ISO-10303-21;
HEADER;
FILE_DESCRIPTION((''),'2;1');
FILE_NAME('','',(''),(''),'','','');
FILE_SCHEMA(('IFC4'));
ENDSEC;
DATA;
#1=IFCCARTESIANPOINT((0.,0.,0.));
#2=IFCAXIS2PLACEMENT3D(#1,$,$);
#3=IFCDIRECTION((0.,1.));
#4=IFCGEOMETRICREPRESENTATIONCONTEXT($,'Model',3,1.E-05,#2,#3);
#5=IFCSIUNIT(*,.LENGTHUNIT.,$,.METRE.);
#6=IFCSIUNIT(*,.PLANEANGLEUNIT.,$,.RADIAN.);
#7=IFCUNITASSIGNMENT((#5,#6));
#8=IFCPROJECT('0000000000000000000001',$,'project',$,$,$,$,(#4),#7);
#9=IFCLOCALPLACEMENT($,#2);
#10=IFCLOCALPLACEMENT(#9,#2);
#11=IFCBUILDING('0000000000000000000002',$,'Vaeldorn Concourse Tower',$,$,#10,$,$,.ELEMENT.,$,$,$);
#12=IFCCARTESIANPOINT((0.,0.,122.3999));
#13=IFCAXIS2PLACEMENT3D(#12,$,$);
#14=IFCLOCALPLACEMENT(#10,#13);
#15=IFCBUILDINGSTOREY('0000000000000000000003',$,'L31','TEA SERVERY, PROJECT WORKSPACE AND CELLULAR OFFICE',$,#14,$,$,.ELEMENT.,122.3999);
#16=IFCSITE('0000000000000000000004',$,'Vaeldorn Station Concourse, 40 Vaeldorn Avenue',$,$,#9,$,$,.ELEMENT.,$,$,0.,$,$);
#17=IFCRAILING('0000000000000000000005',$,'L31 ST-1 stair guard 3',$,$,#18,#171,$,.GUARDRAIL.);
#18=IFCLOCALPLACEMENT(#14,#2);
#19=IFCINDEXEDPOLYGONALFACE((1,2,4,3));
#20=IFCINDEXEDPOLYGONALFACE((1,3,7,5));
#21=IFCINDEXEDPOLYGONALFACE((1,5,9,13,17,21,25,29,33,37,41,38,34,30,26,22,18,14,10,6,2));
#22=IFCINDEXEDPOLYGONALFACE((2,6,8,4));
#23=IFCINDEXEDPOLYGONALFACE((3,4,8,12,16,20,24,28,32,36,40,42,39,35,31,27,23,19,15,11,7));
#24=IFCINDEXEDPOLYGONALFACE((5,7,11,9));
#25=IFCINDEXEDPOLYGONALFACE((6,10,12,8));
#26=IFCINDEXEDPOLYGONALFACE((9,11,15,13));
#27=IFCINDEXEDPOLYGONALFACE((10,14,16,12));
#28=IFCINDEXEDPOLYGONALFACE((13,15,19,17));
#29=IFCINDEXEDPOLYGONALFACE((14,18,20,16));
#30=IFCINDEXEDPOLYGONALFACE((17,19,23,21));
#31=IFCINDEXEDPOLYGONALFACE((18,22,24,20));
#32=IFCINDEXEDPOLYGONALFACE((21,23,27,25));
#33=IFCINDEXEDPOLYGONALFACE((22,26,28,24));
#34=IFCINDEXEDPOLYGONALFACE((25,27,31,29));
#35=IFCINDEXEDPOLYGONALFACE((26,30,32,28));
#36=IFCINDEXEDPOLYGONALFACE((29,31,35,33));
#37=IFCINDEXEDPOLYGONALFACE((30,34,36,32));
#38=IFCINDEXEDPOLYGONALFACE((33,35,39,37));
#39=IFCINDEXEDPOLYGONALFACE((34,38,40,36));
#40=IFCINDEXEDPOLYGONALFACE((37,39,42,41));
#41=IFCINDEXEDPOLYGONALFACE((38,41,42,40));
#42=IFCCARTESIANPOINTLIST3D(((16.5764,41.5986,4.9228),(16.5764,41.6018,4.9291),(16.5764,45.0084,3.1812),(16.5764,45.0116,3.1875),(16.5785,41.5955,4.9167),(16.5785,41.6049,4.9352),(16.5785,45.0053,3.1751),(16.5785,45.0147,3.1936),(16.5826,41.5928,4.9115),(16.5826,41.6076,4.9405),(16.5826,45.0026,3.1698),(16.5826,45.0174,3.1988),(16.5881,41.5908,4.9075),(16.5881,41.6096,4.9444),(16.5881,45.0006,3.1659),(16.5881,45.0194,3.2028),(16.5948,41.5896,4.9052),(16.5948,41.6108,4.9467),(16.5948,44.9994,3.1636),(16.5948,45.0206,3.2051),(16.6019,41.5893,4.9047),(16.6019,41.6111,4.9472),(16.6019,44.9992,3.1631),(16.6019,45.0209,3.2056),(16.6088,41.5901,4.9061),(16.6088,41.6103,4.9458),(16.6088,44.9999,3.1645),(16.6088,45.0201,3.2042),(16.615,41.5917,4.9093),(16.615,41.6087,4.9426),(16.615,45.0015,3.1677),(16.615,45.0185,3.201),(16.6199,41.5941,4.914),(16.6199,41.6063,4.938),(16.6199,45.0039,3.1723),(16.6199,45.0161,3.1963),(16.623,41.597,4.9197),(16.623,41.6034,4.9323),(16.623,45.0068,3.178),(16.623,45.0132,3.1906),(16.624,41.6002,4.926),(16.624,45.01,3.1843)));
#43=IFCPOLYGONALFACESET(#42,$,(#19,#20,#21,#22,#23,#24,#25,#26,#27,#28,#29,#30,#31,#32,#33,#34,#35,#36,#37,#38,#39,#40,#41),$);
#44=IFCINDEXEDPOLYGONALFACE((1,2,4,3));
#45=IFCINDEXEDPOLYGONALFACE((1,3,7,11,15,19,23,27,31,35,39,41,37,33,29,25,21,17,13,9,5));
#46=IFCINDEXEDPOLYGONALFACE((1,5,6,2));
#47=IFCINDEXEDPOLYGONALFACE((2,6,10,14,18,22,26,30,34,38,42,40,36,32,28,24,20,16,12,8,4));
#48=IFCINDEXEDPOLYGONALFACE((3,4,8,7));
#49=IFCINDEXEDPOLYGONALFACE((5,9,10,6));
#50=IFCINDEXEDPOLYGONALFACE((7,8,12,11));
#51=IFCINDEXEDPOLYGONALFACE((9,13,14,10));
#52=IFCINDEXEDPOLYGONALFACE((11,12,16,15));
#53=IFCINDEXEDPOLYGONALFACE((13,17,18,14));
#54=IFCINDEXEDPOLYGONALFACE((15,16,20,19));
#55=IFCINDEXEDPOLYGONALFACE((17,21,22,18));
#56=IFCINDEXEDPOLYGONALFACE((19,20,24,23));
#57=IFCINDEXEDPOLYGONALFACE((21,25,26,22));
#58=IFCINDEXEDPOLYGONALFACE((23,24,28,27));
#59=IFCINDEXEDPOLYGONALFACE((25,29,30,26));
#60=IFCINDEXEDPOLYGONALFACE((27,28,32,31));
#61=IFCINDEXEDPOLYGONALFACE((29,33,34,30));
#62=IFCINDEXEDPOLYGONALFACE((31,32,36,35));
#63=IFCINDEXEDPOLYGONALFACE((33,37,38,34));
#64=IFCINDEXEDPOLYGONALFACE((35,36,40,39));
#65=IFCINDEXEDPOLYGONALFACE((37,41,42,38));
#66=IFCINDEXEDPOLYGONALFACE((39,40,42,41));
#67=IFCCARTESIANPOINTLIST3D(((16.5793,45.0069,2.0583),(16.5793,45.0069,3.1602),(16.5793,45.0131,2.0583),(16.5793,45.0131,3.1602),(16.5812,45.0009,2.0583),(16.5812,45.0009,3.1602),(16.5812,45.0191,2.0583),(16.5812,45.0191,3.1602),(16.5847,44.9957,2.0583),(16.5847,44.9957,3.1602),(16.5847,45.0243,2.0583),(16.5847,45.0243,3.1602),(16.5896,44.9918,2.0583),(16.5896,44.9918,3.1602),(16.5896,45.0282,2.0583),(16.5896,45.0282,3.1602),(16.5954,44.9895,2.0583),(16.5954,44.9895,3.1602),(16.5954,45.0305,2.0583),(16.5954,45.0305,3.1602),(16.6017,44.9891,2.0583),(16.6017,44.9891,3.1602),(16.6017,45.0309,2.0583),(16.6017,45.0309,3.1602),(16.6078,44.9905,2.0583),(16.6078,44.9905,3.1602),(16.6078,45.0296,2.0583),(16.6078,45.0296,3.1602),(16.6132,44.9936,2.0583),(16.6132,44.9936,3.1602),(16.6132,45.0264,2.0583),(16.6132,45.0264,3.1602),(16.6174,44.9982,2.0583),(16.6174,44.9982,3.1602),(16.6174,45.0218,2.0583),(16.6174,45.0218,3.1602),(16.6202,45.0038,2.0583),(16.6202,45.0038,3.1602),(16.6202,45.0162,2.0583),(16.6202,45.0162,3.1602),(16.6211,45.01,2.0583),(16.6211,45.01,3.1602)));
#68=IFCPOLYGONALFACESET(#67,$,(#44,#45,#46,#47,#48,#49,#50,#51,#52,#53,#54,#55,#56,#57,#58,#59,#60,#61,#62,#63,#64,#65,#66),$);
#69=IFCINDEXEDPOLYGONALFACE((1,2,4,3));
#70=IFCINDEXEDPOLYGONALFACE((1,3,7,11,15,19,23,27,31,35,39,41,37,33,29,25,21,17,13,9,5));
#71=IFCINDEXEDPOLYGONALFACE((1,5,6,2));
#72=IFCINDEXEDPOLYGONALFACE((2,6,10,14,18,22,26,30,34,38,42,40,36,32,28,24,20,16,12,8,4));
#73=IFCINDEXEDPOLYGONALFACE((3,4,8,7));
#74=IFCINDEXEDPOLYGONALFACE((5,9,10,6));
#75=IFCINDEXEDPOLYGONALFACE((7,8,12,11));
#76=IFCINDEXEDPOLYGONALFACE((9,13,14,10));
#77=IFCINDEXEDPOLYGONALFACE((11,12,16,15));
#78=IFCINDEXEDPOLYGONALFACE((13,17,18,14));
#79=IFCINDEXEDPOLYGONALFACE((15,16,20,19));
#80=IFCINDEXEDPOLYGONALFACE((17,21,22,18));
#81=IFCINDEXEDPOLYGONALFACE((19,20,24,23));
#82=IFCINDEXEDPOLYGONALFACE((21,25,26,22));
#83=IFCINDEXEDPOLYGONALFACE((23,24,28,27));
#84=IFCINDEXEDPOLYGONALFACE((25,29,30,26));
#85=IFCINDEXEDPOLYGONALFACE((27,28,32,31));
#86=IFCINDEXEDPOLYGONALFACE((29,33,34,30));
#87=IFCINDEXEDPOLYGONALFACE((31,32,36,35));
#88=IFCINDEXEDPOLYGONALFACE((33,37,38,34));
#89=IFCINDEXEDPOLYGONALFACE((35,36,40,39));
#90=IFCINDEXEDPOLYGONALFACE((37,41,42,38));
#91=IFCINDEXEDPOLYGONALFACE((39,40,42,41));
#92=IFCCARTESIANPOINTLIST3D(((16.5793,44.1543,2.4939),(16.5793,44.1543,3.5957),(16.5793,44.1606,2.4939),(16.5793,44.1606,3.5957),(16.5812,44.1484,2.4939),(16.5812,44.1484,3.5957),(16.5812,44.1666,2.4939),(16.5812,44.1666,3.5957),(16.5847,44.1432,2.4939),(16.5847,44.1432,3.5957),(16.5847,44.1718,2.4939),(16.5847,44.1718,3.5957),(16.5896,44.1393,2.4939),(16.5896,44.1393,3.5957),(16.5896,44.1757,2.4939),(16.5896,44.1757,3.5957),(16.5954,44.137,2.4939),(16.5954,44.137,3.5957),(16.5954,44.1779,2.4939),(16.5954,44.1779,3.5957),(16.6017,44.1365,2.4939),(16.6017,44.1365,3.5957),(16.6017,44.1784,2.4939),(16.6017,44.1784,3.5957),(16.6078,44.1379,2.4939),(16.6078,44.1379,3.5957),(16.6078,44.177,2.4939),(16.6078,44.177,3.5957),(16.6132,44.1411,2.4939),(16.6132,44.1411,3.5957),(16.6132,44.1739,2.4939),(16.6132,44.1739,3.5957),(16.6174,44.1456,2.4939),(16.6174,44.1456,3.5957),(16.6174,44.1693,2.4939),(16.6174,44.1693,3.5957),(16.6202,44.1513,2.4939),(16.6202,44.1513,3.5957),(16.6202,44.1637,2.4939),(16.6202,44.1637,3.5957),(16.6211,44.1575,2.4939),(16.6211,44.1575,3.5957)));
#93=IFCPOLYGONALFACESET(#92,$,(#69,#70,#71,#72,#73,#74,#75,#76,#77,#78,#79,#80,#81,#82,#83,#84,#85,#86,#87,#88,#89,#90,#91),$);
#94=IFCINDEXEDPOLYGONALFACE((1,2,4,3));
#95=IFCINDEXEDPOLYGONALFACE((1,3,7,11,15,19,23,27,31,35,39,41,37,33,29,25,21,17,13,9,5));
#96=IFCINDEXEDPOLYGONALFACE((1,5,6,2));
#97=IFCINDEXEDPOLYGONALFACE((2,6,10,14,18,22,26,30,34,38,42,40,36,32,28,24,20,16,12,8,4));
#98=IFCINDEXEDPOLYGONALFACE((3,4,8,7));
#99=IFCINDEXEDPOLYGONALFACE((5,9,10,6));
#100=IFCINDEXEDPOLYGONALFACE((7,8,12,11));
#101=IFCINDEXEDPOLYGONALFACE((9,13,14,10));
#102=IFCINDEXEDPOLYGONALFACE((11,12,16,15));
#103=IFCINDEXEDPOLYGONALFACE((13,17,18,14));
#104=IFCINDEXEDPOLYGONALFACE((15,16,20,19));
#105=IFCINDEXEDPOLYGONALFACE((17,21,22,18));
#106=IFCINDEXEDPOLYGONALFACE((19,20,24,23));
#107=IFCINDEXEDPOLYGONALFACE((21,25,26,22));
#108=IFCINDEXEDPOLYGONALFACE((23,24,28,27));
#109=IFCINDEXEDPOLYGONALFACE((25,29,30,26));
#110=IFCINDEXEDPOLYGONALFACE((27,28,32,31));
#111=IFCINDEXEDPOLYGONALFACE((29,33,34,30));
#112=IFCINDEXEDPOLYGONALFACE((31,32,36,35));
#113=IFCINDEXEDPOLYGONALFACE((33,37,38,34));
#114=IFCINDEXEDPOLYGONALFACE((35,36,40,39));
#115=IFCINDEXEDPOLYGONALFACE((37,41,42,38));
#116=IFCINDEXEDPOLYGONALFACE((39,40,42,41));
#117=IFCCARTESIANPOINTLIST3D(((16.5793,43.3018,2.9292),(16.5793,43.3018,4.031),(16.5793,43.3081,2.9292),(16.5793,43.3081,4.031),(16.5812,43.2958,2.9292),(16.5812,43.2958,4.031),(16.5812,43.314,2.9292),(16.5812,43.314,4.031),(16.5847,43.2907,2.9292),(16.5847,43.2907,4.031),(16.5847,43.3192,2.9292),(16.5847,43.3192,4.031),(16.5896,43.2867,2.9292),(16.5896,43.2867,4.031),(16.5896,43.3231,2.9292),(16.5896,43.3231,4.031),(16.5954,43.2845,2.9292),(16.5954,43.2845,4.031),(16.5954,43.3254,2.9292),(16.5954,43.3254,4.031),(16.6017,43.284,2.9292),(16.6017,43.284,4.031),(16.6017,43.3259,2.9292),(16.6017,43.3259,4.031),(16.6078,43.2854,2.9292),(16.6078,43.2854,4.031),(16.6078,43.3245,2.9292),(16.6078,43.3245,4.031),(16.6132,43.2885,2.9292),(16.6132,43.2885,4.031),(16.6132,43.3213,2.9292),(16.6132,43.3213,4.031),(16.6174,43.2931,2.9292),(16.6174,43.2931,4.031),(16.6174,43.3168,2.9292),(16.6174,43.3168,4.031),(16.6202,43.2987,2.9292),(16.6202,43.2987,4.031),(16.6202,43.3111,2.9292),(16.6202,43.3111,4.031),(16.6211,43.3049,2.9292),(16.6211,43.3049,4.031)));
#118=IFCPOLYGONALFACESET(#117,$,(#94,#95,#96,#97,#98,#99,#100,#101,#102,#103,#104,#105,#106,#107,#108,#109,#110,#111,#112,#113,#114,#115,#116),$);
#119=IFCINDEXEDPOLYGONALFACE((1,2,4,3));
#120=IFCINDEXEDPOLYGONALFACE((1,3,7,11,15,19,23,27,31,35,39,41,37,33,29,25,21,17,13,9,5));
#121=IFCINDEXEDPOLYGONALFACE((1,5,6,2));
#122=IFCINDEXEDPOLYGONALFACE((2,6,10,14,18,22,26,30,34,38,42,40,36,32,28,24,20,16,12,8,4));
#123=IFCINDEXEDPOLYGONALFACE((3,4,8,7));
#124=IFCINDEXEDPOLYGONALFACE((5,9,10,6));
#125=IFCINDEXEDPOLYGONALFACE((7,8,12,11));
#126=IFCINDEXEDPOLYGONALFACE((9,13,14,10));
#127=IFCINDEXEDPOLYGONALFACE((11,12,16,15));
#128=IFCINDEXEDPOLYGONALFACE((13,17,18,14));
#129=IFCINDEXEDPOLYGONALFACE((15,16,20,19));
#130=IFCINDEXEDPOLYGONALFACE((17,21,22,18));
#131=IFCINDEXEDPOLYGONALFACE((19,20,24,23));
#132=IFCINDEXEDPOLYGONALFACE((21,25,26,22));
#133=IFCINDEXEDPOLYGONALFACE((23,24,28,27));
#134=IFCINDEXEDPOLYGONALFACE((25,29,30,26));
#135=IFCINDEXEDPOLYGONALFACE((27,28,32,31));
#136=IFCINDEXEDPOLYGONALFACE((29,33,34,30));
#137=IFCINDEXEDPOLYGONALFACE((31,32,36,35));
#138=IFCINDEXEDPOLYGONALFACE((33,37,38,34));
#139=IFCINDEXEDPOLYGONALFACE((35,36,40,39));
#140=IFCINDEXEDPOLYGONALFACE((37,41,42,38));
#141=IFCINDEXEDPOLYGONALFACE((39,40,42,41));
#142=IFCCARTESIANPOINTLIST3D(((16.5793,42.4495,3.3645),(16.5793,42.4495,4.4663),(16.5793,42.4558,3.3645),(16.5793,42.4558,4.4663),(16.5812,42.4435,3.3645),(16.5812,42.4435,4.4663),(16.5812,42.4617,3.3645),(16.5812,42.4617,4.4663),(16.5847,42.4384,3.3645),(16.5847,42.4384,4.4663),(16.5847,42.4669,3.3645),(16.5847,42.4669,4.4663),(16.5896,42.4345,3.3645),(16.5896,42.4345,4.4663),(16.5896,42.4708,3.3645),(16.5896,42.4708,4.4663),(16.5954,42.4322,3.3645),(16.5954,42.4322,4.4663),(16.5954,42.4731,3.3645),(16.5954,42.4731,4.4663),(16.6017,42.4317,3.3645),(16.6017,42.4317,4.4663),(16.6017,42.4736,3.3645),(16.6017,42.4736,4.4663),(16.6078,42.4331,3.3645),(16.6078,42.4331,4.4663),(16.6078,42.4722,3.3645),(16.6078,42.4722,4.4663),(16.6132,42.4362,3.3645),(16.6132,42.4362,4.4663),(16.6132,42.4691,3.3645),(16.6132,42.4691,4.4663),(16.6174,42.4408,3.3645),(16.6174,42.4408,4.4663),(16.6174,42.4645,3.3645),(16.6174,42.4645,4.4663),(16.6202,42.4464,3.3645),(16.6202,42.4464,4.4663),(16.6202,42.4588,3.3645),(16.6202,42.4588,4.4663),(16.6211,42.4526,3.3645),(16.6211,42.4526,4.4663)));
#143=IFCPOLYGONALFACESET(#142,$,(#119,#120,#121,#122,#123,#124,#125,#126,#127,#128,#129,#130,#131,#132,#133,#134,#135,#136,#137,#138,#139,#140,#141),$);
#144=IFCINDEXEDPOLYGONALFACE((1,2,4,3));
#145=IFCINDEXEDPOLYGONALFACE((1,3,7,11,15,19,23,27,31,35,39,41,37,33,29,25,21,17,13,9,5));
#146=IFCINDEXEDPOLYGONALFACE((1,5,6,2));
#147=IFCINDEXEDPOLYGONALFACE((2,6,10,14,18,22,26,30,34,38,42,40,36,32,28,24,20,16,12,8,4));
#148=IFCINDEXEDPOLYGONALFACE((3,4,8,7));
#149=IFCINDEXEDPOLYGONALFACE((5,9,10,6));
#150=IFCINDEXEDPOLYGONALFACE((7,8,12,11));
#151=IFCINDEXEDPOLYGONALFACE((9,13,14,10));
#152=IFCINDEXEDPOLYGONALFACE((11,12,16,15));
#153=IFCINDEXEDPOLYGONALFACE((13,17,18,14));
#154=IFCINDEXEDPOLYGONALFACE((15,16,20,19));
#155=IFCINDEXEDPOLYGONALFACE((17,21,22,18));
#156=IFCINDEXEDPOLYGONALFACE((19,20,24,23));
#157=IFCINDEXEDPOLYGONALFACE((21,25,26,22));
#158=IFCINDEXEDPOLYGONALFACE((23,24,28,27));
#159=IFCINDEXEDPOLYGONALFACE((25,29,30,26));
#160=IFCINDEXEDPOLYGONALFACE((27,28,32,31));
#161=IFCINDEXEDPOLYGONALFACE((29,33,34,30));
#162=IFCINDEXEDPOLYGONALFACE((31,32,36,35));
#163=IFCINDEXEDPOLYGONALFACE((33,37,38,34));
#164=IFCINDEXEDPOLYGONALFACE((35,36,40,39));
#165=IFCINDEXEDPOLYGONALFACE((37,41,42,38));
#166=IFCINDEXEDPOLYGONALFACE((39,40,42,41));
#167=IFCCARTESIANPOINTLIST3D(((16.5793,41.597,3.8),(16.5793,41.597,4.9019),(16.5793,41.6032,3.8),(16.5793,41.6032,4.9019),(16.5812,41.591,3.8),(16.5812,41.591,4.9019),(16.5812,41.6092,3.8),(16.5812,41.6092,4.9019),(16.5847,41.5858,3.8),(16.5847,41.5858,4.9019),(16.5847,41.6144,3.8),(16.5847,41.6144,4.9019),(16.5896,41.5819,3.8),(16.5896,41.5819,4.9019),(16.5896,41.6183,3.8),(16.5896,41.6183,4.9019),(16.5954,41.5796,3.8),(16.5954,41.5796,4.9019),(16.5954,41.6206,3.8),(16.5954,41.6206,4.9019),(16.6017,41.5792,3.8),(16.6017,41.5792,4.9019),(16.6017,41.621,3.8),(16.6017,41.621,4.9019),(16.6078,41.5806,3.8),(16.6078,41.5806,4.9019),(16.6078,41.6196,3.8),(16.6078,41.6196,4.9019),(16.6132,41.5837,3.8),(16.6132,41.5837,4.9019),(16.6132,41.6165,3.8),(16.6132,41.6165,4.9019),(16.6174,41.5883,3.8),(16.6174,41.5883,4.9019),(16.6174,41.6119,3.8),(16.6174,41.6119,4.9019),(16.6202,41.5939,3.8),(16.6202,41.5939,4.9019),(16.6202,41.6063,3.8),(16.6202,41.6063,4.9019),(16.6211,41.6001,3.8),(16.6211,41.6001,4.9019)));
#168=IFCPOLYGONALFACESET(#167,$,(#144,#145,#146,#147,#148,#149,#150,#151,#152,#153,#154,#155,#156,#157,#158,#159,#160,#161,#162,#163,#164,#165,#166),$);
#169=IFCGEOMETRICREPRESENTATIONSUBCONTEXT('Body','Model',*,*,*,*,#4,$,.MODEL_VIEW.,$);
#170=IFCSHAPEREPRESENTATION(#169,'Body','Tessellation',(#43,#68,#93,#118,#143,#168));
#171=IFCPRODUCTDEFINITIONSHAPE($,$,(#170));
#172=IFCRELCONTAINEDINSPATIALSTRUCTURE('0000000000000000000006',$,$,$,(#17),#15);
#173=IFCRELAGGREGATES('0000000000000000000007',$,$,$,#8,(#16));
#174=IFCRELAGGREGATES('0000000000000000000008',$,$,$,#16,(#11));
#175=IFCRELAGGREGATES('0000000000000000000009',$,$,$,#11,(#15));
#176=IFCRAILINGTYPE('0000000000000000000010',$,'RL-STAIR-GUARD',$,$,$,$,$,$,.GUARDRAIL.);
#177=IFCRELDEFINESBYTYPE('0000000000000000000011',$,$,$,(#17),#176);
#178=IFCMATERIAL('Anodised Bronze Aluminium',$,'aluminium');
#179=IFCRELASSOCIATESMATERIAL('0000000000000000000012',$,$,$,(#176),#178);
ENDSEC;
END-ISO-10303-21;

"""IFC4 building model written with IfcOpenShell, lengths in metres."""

from ifc_helpers import new_model, si_unit, direction, frame, origin, origin_2d, place, context, subcontext, project, spatial, circle, extrude, material, type_object, element, save


model = new_model("IFC4")

# Units and contexts
model_context = context("Model", 3, precision=1e-05, world=origin(), true_north=direction((0.0, 1.0)))
body_context = subcontext(model_context, "Body", "Model", "MODEL_VIEW")
ifc_project = project(units=[si_unit("LENGTHUNIT", "METRE"), si_unit("PLANEANGLEUNIT", "RADIAN")], contexts=[model_context])

# Site, building, storey
site_placement = place(None, origin())
site = spatial("IfcSite", under=ifc_project, at=site_placement, Name="Vaeldorn Station Concourse, 40 Vaeldorn Avenue", CompositionType="ELEMENT", RefElevation=0.0)
building_placement = place(site_placement, origin())
building = spatial("IfcBuilding", under=site, at=building_placement, Name="Vaeldorn Concourse Tower", CompositionType="ELEMENT")
storey_placement = place(building_placement, frame((0.0, 0.0, 122.3999)))
storey = spatial("IfcBuildingStorey", under=building, at=storey_placement, Name="L31", Description="TEA SERVERY, PROJECT WORKSPACE AND CELLULAR OFFICE", CompositionType="ELEMENT", Elevation=122.3999)

# Shared definitions
ifc_material_1 = material(Name="Anodised Bronze Aluminium", Category="aluminium")

# Railing
railing_type_1 = type_object("IfcRailingType", Name="RL-STAIR-GUARD", PredefinedType="GUARDRAIL", material=ifc_material_1)
railing_1_placement = place(storey_placement, frame((16.6001, 45.01, 2.0583)))
element("IfcRailing", 1, at=railing_1_placement, inside=storey, type_object=railing_type_1, Name="L31 ST-1 stair guard 3", PredefinedType="GUARDRAIL", context=body_context, shape_type="SweptSolid", body=[
    extrude(circle(Radius=0.0239, at=origin_2d()), frame((0.0, 0.0, 1.126), z_axis=(0.0, -0.890556, 0.454874), x_axis=(1.0, 0.0, 0.0)), (0.0, 0.0, 1.0), 3.8289),
    extrude(circle(Radius=0.021, at=origin_2d()), origin(), (0.0, 0.0, 1.0), 1.1018),
    extrude(circle(Radius=0.021, at=origin_2d()), frame((0.0, -0.8525, 0.4355)), (0.0, 0.0, 1.0), 1.1018),
    extrude(circle(Radius=0.021, at=origin_2d()), frame((0.0, -1.7051, 0.8708)), (0.0, 0.0, 1.0), 1.1018),
    extrude(circle(Radius=0.021, at=origin_2d()), frame((0.0, -2.5574, 1.3062)), (0.0, 0.0, 1.0), 1.1018),
    extrude(circle(Radius=0.021, at=origin_2d()), frame((0.0, -3.4099, 1.7417)), (0.0, 0.0, 1.0), 1.1018),
])

save(model, "model.ifc")
